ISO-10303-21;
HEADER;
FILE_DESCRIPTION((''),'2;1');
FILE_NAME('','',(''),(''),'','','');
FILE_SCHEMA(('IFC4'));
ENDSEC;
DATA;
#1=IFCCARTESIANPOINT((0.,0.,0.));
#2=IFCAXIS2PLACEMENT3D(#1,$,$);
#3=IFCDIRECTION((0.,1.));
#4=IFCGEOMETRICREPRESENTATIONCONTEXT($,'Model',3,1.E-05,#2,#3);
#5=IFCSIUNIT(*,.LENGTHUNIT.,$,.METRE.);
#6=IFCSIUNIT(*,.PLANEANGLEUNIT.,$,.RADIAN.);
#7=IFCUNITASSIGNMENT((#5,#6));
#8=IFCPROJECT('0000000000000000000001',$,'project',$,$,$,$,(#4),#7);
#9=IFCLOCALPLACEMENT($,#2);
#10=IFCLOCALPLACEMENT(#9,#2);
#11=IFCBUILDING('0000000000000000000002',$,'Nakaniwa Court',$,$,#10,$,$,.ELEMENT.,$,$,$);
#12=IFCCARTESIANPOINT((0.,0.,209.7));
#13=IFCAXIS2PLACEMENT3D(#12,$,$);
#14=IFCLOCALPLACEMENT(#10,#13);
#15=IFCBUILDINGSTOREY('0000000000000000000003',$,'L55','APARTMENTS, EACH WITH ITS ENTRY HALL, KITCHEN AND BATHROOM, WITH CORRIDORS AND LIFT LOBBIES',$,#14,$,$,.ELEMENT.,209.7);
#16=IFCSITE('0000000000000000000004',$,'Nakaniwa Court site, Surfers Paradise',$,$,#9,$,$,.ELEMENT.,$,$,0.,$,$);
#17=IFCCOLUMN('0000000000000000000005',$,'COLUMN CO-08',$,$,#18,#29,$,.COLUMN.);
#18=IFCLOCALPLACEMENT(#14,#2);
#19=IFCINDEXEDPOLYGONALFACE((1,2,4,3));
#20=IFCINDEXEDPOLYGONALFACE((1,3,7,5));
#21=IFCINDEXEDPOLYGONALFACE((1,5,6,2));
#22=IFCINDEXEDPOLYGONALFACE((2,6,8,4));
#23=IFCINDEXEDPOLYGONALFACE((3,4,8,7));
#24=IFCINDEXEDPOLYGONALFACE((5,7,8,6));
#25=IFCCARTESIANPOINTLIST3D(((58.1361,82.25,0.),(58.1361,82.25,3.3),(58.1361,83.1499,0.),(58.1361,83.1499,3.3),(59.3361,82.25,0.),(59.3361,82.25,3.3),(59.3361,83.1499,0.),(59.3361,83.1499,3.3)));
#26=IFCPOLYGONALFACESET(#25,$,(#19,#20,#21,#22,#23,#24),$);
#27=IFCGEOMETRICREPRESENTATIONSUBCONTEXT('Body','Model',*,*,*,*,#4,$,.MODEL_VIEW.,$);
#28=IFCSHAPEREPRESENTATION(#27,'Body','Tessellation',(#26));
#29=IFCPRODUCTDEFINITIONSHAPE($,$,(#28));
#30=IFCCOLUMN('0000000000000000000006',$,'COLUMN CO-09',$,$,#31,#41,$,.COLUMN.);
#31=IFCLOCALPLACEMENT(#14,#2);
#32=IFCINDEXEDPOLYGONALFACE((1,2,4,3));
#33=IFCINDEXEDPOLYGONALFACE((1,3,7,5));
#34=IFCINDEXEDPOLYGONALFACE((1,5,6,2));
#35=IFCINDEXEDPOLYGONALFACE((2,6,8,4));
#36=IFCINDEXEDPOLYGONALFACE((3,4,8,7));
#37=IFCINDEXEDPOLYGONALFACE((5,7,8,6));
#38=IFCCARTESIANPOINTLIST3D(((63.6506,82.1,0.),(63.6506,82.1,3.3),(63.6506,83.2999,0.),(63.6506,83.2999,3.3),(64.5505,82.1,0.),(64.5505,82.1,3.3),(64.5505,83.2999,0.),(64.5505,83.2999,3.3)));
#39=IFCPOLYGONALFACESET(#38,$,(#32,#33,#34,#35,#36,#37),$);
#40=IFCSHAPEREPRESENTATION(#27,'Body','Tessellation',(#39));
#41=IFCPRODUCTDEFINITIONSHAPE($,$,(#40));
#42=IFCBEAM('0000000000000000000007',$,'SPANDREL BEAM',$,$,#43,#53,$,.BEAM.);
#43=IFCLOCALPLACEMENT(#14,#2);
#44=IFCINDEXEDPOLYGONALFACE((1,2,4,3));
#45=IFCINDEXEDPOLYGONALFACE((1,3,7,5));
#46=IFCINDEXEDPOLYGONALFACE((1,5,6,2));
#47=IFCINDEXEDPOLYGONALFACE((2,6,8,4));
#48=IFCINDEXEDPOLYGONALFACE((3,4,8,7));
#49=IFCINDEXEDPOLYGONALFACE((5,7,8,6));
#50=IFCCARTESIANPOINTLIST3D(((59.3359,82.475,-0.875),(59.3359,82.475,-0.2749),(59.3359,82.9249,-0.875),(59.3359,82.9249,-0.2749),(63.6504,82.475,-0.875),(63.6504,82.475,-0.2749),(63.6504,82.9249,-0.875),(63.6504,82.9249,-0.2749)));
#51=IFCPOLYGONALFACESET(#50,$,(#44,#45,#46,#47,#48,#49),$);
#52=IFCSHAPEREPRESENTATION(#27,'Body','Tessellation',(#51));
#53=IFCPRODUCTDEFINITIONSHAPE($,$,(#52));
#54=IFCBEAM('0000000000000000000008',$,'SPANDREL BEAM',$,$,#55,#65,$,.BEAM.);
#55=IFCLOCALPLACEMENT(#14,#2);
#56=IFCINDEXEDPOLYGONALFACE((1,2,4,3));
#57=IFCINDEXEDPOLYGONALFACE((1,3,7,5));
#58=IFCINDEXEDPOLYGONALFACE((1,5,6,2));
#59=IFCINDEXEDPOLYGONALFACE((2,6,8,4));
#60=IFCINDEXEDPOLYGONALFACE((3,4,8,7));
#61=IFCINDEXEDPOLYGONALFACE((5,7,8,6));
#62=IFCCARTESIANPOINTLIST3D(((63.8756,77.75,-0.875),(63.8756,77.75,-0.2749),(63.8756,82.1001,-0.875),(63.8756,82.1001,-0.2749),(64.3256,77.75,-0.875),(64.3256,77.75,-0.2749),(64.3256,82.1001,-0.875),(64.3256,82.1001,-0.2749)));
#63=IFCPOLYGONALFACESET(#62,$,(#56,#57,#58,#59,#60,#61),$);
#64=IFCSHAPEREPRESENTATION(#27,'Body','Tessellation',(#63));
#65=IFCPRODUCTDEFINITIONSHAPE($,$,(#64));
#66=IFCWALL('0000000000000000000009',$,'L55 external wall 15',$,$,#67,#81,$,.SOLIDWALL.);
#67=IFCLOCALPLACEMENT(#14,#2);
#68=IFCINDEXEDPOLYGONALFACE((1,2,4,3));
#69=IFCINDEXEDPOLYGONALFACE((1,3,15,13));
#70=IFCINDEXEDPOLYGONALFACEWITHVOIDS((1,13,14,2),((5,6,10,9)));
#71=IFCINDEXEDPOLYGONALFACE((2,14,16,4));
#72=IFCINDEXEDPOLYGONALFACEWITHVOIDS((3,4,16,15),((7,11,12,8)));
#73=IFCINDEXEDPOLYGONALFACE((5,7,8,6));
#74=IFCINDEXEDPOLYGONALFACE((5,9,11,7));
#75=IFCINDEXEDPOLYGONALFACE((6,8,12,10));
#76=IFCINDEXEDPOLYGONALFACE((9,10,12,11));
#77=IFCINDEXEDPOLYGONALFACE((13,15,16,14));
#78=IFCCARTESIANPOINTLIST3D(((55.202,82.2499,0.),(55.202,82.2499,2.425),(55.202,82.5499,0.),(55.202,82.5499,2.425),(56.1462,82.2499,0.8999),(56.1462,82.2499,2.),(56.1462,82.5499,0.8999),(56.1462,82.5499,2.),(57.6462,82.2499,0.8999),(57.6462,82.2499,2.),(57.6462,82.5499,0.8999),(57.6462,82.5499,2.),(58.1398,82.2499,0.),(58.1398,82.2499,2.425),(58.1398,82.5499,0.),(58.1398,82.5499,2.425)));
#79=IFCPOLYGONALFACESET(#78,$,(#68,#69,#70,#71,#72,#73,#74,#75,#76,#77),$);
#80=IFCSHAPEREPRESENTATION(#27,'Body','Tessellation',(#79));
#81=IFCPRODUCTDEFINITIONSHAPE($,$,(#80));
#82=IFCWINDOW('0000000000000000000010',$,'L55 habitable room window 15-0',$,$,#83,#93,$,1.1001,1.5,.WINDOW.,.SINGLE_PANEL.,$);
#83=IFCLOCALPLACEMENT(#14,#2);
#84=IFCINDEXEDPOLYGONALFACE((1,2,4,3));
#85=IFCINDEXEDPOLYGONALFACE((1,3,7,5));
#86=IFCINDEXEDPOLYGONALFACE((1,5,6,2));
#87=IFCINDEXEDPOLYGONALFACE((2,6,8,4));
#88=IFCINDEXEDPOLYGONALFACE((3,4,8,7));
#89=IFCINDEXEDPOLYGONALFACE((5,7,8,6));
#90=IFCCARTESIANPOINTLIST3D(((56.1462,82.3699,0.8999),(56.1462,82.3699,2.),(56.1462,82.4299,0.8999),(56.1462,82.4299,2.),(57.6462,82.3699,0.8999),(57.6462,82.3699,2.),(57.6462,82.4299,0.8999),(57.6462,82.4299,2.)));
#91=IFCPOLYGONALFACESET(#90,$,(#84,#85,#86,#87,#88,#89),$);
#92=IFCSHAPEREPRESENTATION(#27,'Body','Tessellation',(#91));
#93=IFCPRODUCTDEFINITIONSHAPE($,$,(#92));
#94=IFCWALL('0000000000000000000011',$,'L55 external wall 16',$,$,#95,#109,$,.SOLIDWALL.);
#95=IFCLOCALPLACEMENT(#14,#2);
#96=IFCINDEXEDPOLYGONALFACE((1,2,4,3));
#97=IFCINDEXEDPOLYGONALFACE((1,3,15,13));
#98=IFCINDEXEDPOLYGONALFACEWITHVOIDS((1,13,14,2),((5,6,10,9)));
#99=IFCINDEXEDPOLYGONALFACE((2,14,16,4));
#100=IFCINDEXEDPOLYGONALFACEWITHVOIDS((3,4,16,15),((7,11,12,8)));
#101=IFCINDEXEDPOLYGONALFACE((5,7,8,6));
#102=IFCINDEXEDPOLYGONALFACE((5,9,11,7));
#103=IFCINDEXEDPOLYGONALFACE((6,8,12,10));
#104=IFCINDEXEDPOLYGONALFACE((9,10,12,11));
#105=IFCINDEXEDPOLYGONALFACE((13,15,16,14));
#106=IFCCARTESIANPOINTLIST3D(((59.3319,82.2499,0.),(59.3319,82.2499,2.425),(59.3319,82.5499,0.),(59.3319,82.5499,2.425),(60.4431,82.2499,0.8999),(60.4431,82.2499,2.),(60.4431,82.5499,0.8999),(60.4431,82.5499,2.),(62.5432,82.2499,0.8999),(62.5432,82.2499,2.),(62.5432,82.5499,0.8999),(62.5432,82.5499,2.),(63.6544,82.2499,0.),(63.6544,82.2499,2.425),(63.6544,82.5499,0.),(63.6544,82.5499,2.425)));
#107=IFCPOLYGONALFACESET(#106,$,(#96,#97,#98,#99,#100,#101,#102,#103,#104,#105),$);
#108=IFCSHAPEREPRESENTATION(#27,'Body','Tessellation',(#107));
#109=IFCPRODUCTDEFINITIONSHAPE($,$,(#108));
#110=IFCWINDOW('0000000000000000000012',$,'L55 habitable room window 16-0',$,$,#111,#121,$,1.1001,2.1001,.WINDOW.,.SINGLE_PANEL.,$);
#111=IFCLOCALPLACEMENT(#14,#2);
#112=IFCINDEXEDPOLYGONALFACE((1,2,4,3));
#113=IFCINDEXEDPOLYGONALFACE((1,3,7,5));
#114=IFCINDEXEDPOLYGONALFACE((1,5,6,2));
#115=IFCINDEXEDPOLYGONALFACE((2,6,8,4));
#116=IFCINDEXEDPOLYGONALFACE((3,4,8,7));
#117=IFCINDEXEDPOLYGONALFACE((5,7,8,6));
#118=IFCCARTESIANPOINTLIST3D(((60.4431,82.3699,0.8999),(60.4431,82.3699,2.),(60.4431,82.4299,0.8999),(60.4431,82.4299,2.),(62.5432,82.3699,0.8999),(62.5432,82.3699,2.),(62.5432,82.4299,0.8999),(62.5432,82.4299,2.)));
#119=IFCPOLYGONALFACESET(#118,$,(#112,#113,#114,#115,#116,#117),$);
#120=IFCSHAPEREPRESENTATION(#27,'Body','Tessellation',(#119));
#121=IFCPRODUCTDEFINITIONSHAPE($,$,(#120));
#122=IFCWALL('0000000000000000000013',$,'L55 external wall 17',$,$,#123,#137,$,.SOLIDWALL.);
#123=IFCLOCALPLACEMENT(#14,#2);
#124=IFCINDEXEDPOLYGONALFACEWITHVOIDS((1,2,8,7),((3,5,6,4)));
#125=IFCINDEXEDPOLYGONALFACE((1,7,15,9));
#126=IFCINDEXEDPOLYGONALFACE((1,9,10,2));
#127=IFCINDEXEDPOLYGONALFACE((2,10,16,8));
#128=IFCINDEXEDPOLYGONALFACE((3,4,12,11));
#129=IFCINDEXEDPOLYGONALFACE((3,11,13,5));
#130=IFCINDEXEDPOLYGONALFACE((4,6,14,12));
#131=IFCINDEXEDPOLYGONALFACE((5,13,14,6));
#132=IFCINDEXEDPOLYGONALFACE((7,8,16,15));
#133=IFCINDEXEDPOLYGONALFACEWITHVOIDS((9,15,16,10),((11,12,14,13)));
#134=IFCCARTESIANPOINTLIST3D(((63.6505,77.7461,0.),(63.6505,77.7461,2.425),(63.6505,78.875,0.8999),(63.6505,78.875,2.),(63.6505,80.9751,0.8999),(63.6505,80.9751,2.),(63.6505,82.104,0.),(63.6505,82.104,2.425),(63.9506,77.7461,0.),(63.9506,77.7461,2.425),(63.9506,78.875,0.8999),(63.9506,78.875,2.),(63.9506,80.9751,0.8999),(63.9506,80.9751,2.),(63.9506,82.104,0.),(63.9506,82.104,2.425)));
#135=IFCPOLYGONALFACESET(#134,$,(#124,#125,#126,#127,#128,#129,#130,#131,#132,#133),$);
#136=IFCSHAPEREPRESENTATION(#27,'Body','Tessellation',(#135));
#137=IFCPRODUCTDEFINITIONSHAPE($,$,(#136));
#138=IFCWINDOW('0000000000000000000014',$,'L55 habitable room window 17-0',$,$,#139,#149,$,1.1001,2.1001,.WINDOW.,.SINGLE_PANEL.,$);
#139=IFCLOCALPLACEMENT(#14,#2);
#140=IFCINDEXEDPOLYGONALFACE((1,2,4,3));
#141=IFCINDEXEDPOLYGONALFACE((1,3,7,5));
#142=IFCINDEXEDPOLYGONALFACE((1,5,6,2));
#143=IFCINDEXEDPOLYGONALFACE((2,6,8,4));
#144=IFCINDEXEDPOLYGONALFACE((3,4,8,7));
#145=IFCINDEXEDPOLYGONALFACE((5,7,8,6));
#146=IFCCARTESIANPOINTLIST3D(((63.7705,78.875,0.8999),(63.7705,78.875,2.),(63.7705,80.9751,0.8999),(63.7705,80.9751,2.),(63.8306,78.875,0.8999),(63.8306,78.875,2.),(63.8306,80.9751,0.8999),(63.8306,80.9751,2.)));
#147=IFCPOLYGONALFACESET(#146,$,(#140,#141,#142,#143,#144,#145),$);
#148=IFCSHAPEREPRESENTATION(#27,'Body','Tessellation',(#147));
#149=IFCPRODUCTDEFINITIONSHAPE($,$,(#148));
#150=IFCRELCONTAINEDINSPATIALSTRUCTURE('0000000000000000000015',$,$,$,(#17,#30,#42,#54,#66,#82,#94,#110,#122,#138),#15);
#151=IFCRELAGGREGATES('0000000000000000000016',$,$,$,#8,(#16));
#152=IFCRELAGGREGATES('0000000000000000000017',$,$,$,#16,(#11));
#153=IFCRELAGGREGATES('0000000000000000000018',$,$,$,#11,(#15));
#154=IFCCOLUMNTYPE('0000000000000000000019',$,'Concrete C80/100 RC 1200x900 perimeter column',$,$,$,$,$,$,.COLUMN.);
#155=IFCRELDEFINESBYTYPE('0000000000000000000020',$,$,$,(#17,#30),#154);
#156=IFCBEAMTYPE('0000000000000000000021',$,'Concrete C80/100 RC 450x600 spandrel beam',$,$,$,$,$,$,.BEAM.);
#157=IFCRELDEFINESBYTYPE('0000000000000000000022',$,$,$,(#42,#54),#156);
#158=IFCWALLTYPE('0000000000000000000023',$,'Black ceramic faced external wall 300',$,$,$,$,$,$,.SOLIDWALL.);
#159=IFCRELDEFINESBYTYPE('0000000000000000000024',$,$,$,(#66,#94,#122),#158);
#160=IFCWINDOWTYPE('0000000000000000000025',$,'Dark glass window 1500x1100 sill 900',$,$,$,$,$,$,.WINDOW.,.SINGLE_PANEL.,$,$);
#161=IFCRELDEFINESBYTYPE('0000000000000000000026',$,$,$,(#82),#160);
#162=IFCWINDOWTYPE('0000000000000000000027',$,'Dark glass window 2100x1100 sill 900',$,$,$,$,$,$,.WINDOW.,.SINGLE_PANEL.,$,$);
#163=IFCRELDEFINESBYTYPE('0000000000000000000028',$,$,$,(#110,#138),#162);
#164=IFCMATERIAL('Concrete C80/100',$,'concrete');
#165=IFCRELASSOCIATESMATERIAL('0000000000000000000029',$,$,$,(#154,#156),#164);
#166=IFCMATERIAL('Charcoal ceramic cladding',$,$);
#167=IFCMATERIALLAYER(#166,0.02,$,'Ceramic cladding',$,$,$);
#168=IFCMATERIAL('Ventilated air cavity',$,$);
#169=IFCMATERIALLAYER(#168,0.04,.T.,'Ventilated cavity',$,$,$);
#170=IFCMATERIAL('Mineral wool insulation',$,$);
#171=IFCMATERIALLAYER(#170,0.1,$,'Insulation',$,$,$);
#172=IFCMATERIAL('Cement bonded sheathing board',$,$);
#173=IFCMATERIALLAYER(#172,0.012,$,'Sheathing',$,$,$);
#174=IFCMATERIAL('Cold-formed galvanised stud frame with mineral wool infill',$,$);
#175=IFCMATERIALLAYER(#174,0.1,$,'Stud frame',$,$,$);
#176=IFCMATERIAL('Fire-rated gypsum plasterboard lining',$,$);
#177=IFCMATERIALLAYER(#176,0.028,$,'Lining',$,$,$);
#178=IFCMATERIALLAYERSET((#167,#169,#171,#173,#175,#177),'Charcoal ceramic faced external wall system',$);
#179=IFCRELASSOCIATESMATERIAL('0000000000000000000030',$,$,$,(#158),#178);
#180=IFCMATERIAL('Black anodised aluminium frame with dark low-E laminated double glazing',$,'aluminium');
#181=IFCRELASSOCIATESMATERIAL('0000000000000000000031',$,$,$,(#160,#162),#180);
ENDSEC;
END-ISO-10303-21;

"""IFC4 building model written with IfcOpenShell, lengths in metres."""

from ifc_helpers import new_model, si_unit, direction, frame, frame_2d, origin, origin_2d, place, context, subcontext, project, spatial, rectangle, extrude, material, layer, layer_set, material_profile, profile_set, type_object, element, fill, save


model = new_model("IFC4")

# Units and contexts
model_context = context("Model", 3, precision=1e-05, world=origin(), true_north=direction((0.0, 1.0)))
body_context = subcontext(model_context, "Body", "Model", "MODEL_VIEW")
ifc_project = project(units=[si_unit("LENGTHUNIT", "METRE"), si_unit("PLANEANGLEUNIT", "RADIAN")], contexts=[model_context])

# Site, building, storey
site_placement = place(None, origin())
site = spatial("IfcSite", under=ifc_project, at=site_placement, Name="Nakaniwa Court site, Surfers Paradise", CompositionType="ELEMENT", RefElevation=0.0)
building_placement = place(site_placement, origin())
building = spatial("IfcBuilding", under=site, at=building_placement, Name="Nakaniwa Court", CompositionType="ELEMENT")
storey_placement = place(building_placement, frame((0.0, 0.0, 209.7)))
storey = spatial("IfcBuildingStorey", under=building, at=storey_placement, Name="L55", Description="APARTMENTS, EACH WITH ITS ENTRY HALL, KITCHEN AND BATHROOM, WITH CORRIDORS AND LIFT LOBBIES", CompositionType="ELEMENT", Elevation=209.7)

# Columns
ifc_material_1 = material(Name="Concrete C80/100", Category="concrete")
ifc_material_profile_1 = material_profile(ifc_material_1, rectangle(XDim=1.2, YDim=0.8999, at=origin_2d()), Name="Concrete C80/100 RC 1200x900 perimeter column")
ifc_profile_set_1 = profile_set([ifc_material_profile_1], Name="Concrete C80/100")
column_type = type_object("IfcColumnType", Name="Concrete C80/100 RC 1200x900 perimeter column", PredefinedType="COLUMN", material=ifc_profile_set_1)
for number, where, z_axis, x_axis, name in (
    (1, (58.7361, 82.7, 0.0), (0.0, 0.0, 1.0), (1.0, 0.0, 0.0), "COLUMN CO-08"),
    (2, (64.1006, 82.7, 0.0), (0.0, 0.0, 1.0), (0.0, -1.0, 0.0), "COLUMN CO-09"),
):
    element("IfcColumn", number, at=place(storey_placement, frame(where, z_axis=z_axis, x_axis=x_axis)), inside=storey, type_object=column_type, Name=name, PredefinedType="COLUMN", context=body_context, shape_type="SweptSolid", body=[
        extrude(rectangle(XDim=1.2, YDim=0.8999, at=origin_2d()), origin(), (0.0, 0.0, 1.0), 3.3),
    ])

# Beams
ifc_material_profile_2 = material_profile(ifc_material_1, rectangle(XDim=0.45, YDim=0.6001, at=origin_2d()), Name="Concrete C80/100 RC 450x600 spandrel beam")
ifc_profile_set_2 = profile_set([ifc_material_profile_2], Name="Concrete C80/100")
beam_type = type_object("IfcBeamType", Name="Concrete C80/100 RC 450x600 spandrel beam", PredefinedType="BEAM", material=ifc_profile_set_2)
beam_1_placement = place(storey_placement, frame((59.3359, 82.7, -0.575), z_axis=(1.0, 0.0, 0.0), x_axis=(0.0, 1.0, 0.0)))
element("IfcBeam", 3, at=beam_1_placement, inside=storey, type_object=beam_type, Name="SPANDREL BEAM", PredefinedType="BEAM", context=body_context, shape_type="SweptSolid", body=[
    extrude(rectangle(XDim=0.45, YDim=0.6001, at=origin_2d()), origin(), (0.0, 0.0, 1.0), 4.3145),
])
beam_2_placement = place(storey_placement, frame((64.1006, 82.1001, -0.575), z_axis=(0.0, -1.0, 0.0), x_axis=(1.0, 0.0, 0.0)))
element("IfcBeam", 4, at=beam_2_placement, inside=storey, type_object=beam_type, Name="SPANDREL BEAM", PredefinedType="BEAM", context=body_context, shape_type="SweptSolid", body=[
    extrude(rectangle(XDim=0.45, YDim=0.6001, at=origin_2d()), origin(), (0.0, 0.0, 1.0), 4.3501),
])

# Walls, openings, windows
ifc_material_2 = material(Name="Charcoal ceramic cladding")
ifc_layer_1 = layer(ifc_material_2, 0.02, Name="Ceramic cladding")
ifc_material_3 = material(Name="Ventilated air cavity")
ifc_layer_2 = layer(ifc_material_3, 0.04, ventilated=True, Name="Ventilated cavity")
ifc_material_4 = material(Name="Mineral wool insulation")
ifc_layer_3 = layer(ifc_material_4, 0.1, Name="Insulation")
ifc_material_5 = material(Name="Cement bonded sheathing board")
ifc_layer_4 = layer(ifc_material_5, 0.012, Name="Sheathing")
ifc_material_6 = material(Name="Cold-formed galvanised stud frame with mineral wool infill")
ifc_layer_5 = layer(ifc_material_6, 0.1, Name="Stud frame")
ifc_material_7 = material(Name="Fire-rated gypsum plasterboard lining")
ifc_layer_6 = layer(ifc_material_7, 0.028, Name="Lining")
ifc_layer_set_1 = layer_set([ifc_layer_1, ifc_layer_2, ifc_layer_3, ifc_layer_4, ifc_layer_5, ifc_layer_6], Name="Charcoal ceramic faced external wall system")
wall_type_1 = type_object("IfcWallType", Name="Black ceramic faced external wall 300", PredefinedType="SOLIDWALL", material=ifc_layer_set_1)
wall_1_placement = place(storey_placement, frame((55.2021, 82.3999, 0.0), z_axis=(0.0, 0.0, 1.0), x_axis=(1.0, 0.0, 0.0)))
wall_1 = element("IfcWall", 5, at=wall_1_placement, inside=storey, type_object=wall_type_1, Name="L55 external wall 15", PredefinedType="SOLIDWALL", context=body_context, shape_type="SweptSolid", body=[
    extrude(rectangle(XDim=2.9377, YDim=0.3, at=frame_2d((1.4688, 0.0))), origin(), (0.0, 0.0, 1.0), 2.425),
])
opening_1_placement = place(wall_1_placement, frame((0.9441, 0.0, 0.8999)))
opening_1 = element("IfcOpeningElement", 6, at=opening_1_placement, cuts=wall_1, PredefinedType="OPENING", context=body_context, shape_type="SweptSolid", body=[
    extrude(rectangle(XDim=1.5, YDim=1.1001, at=frame_2d((0.75, 0.55))), frame((0.0, 0.1599, 0.0), z_axis=(0.0, -1.0, 0.0), x_axis=(1.0, 0.0, 0.0)), (0.0, 0.0, 1.0), 0.3201),
])
ifc_material_8 = material(Name="Black anodised aluminium frame with dark low-E laminated double glazing", Category="aluminium")
window_type_1 = type_object("IfcWindowType", Name="Dark glass window 1500x1100 sill 900", PartitioningType="SINGLE_PANEL", PredefinedType="WINDOW", material=ifc_material_8)
window_1_placement = place(opening_1_placement, origin())
window_1 = element("IfcWindow", 7, at=window_1_placement, inside=storey, type_object=window_type_1, Name="L55 habitable room window 15-0", OverallHeight=1.1001, OverallWidth=1.5, PartitioningType="SINGLE_PANEL", PredefinedType="WINDOW", context=body_context, shape_type="SweptSolid", body=[
    extrude(rectangle(XDim=1.5, YDim=1.1001, at=frame_2d((0.75, 0.55))), frame((0.0, 0.03, 0.0), z_axis=(0.0, -1.0, 0.0), x_axis=(1.0, 0.0, 0.0)), (0.0, 0.0, 1.0), 0.0601),
])
fill(opening_1, window_1)
wall_2_placement = place(storey_placement, frame((59.332, 82.3999, 0.0), z_axis=(0.0, 0.0, 1.0), x_axis=(1.0, 0.0, 0.0)))
wall_2 = element("IfcWall", 8, at=wall_2_placement, inside=storey, type_object=wall_type_1, Name="L55 external wall 16", PredefinedType="SOLIDWALL", context=body_context, shape_type="SweptSolid", body=[
    extrude(rectangle(XDim=4.3225, YDim=0.3, at=frame_2d((2.1611, 0.0))), origin(), (0.0, 0.0, 1.0), 2.425),
])
opening_2_placement = place(wall_2_placement, frame((1.1111, 0.0, 0.8999)))
opening_2 = element("IfcOpeningElement", 9, at=opening_2_placement, cuts=wall_2, PredefinedType="OPENING", context=body_context, shape_type="SweptSolid", body=[
    extrude(rectangle(XDim=2.1001, YDim=1.1001, at=frame_2d((1.05, 0.55))), frame((0.0, 0.1599, 0.0), z_axis=(0.0, -1.0, 0.0), x_axis=(1.0, 0.0, 0.0)), (0.0, 0.0, 1.0), 0.3201),
])
window_type_2 = type_object("IfcWindowType", Name="Dark glass window 2100x1100 sill 900", PartitioningType="SINGLE_PANEL", PredefinedType="WINDOW", material=ifc_material_8)
window_2_placement = place(opening_2_placement, origin())
window_2 = element("IfcWindow", 10, at=window_2_placement, inside=storey, type_object=window_type_2, Name="L55 habitable room window 16-0", OverallHeight=1.1001, OverallWidth=2.1001, PartitioningType="SINGLE_PANEL", PredefinedType="WINDOW", context=body_context, shape_type="SweptSolid", body=[
    extrude(rectangle(XDim=2.1001, YDim=1.1001, at=frame_2d((1.05, 0.55))), frame((0.0, 0.03, 0.0), z_axis=(0.0, -1.0, 0.0), x_axis=(1.0, 0.0, 0.0)), (0.0, 0.0, 1.0), 0.0601),
])
fill(opening_2, window_2)
wall_3_placement = place(storey_placement, frame((63.8005, 82.104, 0.0), z_axis=(0.0, 0.0, 1.0), x_axis=(0.0, -1.0, 0.0)))
wall_3 = element("IfcWall", 11, at=wall_3_placement, inside=storey, type_object=wall_type_1, Name="L55 external wall 17", PredefinedType="SOLIDWALL", context=body_context, shape_type="SweptSolid", body=[
    extrude(rectangle(XDim=4.3579, YDim=0.3, at=frame_2d((2.179, 0.0))), origin(), (0.0, 0.0, 1.0), 2.425),
])
opening_3_placement = place(wall_3_placement, frame((1.1289, 0.0, 0.8999)))
opening_3 = element("IfcOpeningElement", 12, at=opening_3_placement, cuts=wall_3, PredefinedType="OPENING", context=body_context, shape_type="SweptSolid", body=[
    extrude(rectangle(XDim=2.1001, YDim=1.1001, at=frame_2d((1.05, 0.55))), frame((0.0, 0.1599, 0.0), z_axis=(0.0, -1.0, 0.0), x_axis=(1.0, 0.0, 0.0)), (0.0, 0.0, 1.0), 0.3201),
])
window_3_placement = place(opening_3_placement, origin())
window_3 = element("IfcWindow", 13, at=window_3_placement, inside=storey, type_object=window_type_2, Name="L55 habitable room window 17-0", OverallHeight=1.1001, OverallWidth=2.1001, PartitioningType="SINGLE_PANEL", PredefinedType="WINDOW", context=body_context, shape_type="SweptSolid", body=[
    extrude(rectangle(XDim=2.1001, YDim=1.1001, at=frame_2d((1.05, 0.55))), frame((0.0, 0.03, 0.0), z_axis=(0.0, -1.0, 0.0), x_axis=(1.0, 0.0, 0.0)), (0.0, 0.0, 1.0), 0.0601),
])
fill(opening_3, window_3)

save(model, "model.ifc")
